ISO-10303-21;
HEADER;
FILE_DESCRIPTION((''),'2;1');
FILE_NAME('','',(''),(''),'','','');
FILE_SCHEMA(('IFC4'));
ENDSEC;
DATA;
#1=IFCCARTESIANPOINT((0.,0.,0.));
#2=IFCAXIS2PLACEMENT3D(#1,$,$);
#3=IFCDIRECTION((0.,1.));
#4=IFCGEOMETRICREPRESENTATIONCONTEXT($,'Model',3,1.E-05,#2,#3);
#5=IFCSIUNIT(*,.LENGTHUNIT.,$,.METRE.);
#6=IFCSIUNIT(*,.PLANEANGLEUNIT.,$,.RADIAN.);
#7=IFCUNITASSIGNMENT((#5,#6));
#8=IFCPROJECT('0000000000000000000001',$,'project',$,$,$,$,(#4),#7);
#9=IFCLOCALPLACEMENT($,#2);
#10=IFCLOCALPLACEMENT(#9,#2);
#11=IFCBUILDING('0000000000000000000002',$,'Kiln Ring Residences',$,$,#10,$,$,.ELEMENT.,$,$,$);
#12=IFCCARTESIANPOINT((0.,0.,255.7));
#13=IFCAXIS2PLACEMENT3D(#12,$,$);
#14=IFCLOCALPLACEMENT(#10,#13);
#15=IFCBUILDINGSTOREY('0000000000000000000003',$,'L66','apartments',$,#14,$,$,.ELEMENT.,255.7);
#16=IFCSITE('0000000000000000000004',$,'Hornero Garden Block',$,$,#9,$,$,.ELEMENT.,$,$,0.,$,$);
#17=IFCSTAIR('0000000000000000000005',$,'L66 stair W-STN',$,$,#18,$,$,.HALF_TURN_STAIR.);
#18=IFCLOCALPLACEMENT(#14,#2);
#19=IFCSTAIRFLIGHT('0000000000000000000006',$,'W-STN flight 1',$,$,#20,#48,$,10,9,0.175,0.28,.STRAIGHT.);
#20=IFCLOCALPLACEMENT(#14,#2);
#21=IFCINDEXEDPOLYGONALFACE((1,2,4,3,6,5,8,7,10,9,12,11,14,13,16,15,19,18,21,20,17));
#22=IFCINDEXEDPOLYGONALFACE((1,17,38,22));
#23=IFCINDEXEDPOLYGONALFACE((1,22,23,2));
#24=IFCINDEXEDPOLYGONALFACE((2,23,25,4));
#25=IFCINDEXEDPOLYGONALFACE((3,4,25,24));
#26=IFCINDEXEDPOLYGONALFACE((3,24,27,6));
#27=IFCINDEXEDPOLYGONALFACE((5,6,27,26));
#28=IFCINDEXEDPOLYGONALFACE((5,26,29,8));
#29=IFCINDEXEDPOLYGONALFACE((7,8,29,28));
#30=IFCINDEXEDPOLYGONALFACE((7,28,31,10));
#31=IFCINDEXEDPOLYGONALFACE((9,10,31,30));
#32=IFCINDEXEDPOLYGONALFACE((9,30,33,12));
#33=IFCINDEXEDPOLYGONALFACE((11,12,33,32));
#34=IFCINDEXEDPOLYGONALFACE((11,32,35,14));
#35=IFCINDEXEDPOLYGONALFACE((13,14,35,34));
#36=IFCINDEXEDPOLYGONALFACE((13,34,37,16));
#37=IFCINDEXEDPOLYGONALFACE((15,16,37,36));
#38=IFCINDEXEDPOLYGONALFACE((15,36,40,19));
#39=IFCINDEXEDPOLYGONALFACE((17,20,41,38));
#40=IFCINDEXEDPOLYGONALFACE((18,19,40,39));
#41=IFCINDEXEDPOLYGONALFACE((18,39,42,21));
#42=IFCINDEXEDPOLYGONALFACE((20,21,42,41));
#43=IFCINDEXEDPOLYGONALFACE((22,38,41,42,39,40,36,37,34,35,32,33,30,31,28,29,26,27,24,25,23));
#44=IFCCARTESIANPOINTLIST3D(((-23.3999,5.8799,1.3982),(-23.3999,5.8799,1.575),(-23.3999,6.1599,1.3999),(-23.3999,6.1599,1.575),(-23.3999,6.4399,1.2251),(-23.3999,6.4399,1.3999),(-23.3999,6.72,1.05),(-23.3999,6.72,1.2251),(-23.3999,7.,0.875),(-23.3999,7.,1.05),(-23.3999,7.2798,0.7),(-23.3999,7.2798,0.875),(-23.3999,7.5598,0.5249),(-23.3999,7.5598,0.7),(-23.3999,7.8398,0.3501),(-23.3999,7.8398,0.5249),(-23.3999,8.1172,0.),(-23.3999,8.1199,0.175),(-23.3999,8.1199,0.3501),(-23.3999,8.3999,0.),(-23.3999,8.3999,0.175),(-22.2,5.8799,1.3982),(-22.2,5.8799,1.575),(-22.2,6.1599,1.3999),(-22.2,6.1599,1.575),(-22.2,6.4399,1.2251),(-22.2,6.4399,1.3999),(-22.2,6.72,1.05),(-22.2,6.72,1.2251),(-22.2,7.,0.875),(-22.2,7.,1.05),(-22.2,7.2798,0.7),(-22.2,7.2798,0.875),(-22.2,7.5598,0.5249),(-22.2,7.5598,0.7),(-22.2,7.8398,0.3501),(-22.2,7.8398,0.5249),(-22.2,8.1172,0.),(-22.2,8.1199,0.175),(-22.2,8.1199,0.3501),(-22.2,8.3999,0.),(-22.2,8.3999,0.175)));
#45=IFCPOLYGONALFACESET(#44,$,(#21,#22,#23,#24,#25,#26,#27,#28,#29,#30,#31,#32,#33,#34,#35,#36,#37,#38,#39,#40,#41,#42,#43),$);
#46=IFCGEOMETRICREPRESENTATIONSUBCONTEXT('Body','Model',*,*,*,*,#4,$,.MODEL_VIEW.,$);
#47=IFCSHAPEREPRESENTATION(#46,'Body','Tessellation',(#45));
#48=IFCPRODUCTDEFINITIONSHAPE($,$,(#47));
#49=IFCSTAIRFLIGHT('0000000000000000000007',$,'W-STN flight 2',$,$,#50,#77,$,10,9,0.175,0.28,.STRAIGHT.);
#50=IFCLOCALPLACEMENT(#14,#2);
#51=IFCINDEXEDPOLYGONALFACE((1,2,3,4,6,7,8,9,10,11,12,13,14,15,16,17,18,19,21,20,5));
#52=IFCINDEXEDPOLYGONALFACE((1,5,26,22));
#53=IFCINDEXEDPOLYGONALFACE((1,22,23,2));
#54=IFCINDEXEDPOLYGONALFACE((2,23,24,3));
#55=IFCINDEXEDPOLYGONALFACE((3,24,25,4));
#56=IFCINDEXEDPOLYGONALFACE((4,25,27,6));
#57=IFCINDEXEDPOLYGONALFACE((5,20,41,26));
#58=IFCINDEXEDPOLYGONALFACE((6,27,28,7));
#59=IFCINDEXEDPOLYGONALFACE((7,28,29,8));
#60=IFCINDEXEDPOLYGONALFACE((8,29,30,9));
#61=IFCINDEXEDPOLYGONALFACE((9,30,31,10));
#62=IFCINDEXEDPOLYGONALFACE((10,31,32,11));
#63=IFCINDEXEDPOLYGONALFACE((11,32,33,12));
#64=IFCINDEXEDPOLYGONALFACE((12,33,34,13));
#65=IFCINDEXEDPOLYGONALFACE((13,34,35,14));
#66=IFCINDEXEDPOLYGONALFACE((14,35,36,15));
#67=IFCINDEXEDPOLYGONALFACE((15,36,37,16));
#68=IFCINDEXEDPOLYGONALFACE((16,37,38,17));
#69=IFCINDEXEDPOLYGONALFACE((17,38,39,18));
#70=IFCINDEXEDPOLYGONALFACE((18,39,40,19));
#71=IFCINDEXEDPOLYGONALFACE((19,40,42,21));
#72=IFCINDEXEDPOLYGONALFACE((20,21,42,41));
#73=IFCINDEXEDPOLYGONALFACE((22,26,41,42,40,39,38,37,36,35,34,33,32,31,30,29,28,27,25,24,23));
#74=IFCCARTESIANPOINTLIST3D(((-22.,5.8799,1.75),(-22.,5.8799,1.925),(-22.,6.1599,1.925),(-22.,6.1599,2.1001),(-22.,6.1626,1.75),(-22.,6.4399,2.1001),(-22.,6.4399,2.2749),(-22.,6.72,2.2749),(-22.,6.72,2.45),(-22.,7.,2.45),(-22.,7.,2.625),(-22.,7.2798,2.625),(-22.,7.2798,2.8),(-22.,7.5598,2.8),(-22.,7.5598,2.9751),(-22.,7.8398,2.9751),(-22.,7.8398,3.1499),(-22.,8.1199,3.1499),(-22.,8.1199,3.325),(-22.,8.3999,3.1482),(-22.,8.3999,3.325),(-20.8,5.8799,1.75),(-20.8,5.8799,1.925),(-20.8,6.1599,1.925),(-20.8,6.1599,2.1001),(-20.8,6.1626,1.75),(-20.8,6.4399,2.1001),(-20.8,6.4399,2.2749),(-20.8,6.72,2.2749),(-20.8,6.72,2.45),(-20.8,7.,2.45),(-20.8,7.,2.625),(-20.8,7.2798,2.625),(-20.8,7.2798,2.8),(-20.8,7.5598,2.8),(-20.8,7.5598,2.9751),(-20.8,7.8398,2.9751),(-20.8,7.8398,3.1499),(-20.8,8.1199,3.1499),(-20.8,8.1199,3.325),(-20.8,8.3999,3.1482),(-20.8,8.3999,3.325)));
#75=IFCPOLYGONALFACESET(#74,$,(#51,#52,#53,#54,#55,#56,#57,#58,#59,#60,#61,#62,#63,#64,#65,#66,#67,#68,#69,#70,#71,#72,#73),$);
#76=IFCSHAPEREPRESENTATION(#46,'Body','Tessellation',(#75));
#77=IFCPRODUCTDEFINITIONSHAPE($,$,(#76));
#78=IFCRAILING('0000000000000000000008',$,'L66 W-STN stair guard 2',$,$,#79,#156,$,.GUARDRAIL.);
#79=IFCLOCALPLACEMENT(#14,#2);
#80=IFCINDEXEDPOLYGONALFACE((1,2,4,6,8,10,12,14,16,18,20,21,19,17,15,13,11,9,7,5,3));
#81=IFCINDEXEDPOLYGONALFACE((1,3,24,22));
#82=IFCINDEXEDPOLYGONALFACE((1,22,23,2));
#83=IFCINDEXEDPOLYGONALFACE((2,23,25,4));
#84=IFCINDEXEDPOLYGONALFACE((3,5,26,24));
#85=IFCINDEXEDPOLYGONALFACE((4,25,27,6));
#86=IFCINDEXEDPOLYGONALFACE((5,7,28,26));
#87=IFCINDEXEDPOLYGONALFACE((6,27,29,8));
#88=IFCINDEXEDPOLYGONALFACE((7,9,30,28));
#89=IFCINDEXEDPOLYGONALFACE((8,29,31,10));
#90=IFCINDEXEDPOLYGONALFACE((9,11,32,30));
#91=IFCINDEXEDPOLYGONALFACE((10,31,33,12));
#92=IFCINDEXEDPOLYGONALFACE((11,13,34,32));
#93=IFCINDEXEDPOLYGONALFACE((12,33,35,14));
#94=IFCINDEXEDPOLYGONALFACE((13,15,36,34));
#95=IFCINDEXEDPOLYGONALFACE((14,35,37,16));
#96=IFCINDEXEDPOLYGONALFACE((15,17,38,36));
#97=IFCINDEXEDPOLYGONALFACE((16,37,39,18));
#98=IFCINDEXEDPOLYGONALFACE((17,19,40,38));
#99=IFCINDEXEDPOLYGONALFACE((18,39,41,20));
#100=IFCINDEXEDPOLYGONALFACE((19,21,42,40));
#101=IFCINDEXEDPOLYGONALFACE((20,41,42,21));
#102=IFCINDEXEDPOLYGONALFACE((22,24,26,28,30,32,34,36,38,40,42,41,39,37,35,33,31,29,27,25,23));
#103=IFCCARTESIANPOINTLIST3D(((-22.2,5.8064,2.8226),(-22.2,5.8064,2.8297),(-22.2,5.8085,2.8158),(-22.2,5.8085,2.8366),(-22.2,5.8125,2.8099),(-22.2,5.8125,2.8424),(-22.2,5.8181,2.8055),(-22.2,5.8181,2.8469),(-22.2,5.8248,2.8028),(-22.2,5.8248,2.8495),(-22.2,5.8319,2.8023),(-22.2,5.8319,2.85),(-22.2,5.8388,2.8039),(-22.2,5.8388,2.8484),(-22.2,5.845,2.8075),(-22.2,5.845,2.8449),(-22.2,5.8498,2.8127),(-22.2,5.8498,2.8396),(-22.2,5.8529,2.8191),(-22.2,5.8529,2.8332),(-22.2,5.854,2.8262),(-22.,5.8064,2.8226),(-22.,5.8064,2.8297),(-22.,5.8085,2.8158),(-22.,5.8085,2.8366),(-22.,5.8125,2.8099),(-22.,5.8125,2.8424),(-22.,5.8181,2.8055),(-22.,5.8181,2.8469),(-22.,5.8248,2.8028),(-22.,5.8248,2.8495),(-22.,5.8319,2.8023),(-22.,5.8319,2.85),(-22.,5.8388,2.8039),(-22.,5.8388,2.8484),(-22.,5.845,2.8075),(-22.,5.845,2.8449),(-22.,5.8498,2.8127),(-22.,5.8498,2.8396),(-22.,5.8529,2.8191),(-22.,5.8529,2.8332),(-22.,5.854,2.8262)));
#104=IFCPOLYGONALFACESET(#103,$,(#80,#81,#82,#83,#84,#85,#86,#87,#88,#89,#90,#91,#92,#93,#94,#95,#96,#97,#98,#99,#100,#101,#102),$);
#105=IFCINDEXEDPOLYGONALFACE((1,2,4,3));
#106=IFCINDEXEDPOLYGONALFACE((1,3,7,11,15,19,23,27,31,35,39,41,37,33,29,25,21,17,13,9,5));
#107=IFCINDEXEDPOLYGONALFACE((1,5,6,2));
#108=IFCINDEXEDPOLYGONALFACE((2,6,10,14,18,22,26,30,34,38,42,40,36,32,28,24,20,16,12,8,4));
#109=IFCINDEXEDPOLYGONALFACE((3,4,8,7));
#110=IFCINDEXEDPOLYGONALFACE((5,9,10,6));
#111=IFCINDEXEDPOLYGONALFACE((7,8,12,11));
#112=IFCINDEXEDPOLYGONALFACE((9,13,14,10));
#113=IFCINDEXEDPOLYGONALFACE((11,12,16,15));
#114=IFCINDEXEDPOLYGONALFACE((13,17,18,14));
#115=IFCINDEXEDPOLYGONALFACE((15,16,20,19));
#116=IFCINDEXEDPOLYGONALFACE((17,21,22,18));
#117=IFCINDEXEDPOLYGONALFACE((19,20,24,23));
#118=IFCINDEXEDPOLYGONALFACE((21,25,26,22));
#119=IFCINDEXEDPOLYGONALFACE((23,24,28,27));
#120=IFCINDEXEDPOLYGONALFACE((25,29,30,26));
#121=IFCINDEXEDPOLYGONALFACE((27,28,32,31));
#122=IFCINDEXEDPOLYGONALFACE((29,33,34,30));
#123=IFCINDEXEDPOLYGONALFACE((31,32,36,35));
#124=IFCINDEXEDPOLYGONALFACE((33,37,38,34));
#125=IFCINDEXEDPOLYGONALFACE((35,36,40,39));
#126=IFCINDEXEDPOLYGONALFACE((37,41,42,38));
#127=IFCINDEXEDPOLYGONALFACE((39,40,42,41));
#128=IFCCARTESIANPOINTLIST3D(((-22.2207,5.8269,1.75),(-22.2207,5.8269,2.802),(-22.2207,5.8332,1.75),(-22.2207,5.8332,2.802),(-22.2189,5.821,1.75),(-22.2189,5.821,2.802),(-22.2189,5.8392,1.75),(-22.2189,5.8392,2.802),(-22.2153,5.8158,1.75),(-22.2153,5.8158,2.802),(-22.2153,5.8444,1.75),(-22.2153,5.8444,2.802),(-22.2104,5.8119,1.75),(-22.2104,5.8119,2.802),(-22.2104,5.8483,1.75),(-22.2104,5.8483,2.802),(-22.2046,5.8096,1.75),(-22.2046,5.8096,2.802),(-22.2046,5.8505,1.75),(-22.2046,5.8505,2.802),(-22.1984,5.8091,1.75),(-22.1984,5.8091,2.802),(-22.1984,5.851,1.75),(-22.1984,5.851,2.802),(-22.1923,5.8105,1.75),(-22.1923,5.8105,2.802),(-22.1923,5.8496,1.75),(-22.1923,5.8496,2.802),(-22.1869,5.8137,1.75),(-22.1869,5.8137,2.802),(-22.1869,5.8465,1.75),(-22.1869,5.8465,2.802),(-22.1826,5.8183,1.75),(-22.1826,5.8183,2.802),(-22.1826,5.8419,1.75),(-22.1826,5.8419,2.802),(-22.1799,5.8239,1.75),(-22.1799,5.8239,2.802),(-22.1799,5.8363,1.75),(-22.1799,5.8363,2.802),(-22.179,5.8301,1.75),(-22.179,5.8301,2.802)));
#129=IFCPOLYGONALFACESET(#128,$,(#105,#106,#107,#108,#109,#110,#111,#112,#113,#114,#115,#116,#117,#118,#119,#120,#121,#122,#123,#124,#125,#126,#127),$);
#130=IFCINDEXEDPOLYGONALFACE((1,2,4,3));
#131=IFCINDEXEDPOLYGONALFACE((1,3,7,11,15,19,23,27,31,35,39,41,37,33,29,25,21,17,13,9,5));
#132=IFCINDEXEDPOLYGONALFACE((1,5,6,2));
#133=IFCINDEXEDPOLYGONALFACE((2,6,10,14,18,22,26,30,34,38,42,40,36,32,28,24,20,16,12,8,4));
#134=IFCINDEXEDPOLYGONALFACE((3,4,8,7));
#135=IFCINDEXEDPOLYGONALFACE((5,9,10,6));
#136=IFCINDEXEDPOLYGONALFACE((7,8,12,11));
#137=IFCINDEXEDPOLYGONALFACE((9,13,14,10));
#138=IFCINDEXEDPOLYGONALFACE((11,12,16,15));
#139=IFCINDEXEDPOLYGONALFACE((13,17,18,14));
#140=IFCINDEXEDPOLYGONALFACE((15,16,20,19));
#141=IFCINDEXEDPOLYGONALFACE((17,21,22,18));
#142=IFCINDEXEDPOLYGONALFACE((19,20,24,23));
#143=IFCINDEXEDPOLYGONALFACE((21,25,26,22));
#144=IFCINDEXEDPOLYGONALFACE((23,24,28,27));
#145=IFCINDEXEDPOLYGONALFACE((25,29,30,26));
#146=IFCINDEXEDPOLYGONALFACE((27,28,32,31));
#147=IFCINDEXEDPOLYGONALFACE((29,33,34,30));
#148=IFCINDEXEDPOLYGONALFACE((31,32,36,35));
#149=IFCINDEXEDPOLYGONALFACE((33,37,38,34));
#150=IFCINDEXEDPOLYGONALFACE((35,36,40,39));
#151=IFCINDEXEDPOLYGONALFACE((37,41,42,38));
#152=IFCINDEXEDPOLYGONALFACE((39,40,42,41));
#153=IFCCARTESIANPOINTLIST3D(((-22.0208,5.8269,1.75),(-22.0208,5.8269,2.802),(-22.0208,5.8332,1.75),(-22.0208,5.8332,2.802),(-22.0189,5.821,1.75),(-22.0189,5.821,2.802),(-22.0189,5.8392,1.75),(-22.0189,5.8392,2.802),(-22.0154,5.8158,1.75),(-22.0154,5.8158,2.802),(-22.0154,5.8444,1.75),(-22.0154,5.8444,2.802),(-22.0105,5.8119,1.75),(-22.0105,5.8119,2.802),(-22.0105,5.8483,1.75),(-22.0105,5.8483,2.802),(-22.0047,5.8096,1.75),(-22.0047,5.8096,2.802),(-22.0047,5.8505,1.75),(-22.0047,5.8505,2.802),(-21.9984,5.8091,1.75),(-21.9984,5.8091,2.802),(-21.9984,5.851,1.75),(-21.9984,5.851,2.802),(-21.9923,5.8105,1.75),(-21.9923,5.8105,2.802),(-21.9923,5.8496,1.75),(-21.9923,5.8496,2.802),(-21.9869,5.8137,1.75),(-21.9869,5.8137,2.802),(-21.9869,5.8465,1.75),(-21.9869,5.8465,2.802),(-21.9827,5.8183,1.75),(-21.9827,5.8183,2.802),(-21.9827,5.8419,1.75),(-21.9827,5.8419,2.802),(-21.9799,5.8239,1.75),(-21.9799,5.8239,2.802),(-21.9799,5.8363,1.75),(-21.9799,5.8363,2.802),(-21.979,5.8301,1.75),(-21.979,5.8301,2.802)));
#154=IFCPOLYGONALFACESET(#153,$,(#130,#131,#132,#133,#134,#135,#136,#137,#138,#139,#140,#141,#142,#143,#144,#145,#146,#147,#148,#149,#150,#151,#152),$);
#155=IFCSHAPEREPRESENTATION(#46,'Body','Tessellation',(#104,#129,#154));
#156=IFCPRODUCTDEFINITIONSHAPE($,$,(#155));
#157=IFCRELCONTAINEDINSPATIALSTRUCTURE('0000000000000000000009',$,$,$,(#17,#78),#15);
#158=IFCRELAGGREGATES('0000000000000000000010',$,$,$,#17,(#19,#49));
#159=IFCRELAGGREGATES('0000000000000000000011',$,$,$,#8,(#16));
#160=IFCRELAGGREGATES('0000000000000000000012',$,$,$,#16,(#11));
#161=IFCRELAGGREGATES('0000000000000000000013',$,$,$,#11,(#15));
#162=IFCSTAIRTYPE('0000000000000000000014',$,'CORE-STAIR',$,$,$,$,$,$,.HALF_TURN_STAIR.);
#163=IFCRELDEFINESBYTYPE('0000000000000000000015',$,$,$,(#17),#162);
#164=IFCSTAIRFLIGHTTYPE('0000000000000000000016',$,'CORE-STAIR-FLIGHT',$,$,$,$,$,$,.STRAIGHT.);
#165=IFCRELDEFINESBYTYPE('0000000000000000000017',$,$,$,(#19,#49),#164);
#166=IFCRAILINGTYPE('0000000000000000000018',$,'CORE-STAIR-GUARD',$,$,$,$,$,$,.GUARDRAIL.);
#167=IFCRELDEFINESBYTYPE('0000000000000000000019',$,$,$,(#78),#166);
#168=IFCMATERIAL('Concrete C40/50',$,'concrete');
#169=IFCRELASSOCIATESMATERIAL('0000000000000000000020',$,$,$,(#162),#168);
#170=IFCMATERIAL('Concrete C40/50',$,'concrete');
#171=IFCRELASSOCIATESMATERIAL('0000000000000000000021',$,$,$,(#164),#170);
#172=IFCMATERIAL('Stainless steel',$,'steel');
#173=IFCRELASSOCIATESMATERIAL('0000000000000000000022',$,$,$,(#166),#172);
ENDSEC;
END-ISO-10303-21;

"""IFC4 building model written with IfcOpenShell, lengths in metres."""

from ifc_helpers import new_model, si_unit, direction, frame, origin, origin_2d, place, context, subcontext, project, spatial, polyline, circle, outline, extrude, material, type_object, element, aggregate, save


model = new_model("IFC4")

# Units and contexts
model_context = context("Model", 3, precision=1e-05, world=origin(), true_north=direction((0.0, 1.0)))
body_context = subcontext(model_context, "Body", "Model", "MODEL_VIEW")
ifc_project = project(units=[si_unit("LENGTHUNIT", "METRE"), si_unit("PLANEANGLEUNIT", "RADIAN")], contexts=[model_context])

# Site, building, storey
site_placement = place(None, origin())
site = spatial("IfcSite", under=ifc_project, at=site_placement, Name="Hornero Garden Block", CompositionType="ELEMENT", RefElevation=0.0)
building_placement = place(site_placement, origin())
building = spatial("IfcBuilding", under=site, at=building_placement, Name="Kiln Ring Residences", CompositionType="ELEMENT")
storey_placement = place(building_placement, frame((0.0, 0.0, 255.7)))
storey = spatial("IfcBuildingStorey", under=building, at=storey_placement, Name="L66", Description="apartments", CompositionType="ELEMENT", Elevation=255.7)

# Stair, stair flights
ifc_material_1 = material(Name="Concrete C40/50", Category="concrete")
stair_type = type_object("IfcStairType", Name="CORE-STAIR", PredefinedType="HALF_TURN_STAIR", material=ifc_material_1)
stair_placement = place(storey_placement, origin())
stair = element("IfcStair", 1, at=stair_placement, inside=storey, type_object=stair_type, Name="L66 stair W-STN", PredefinedType="HALF_TURN_STAIR")
ifc_material_2 = material(Name="Concrete C40/50", Category="concrete")
stair_flight_type = type_object("IfcStairFlightType", Name="CORE-STAIR-FLIGHT", PredefinedType="STRAIGHT", material=ifc_material_2)
stair_flight_1_placement = place(storey_placement, frame((-22.8, 8.3999, 0.0), z_axis=(0.0, 0.0, 1.0), x_axis=(0.0, -1.0, 0.0)))
stair_flight_1 = element("IfcStairFlight", 2, at=stair_flight_1_placement, type_object=stair_flight_type, Name="W-STN flight 1", NumberOfRisers=10, NumberOfTreads=9, PredefinedType="STRAIGHT", RiserHeight=0.175, TreadLength=0.28, context=body_context, shape_type="SweptSolid", body=[
    extrude(outline(polyline([(0.0, 0.0), (0.0, 0.175), (0.28, 0.175), (0.28, 0.3501), (0.5601, 0.3501), (0.5601, 0.5249), (0.8401, 0.5249), (0.8401, 0.7), (1.1201, 0.7), (1.1201, 0.875), (1.3999, 0.875), (1.3999, 1.05), (1.6799, 1.05), (1.6799, 1.2251), (1.96, 1.2251), (1.96, 1.3999), (2.24, 1.3999), (2.24, 1.575), (2.52, 1.575), (2.52, 1.75), (2.52, 1.3982), (0.2827, 0.0), (0.0, 0.0)])), frame((0.0, 0.6001, 0.0), z_axis=(0.0, -1.0, 0.0), x_axis=(1.0, 0.0, 0.0)), (0.0, 0.0, 1.0), 1.2),
])
stair_flight_2_placement = place(storey_placement, frame((-21.3999, 5.8799, 1.75), z_axis=(0.0, 0.0, 1.0), x_axis=(0.0, 1.0, 0.0)))
stair_flight_2 = element("IfcStairFlight", 3, at=stair_flight_2_placement, type_object=stair_flight_type, Name="W-STN flight 2", NumberOfRisers=10, NumberOfTreads=9, PredefinedType="STRAIGHT", RiserHeight=0.175, TreadLength=0.28, context=body_context, shape_type="SweptSolid", body=[
    extrude(outline(polyline([(0.0, 0.0), (0.0, 0.175), (0.28, 0.175), (0.28, 0.3501), (0.5601, 0.3501), (0.5601, 0.5249), (0.8401, 0.5249), (0.8401, 0.7), (1.1201, 0.7), (1.1201, 0.875), (1.3999, 0.875), (1.3999, 1.05), (1.6799, 1.05), (1.6799, 1.2251), (1.96, 1.2251), (1.96, 1.3999), (2.24, 1.3999), (2.24, 1.575), (2.52, 1.575), (2.52, 1.75), (2.52, 1.3982), (0.2827, 0.0), (0.0, 0.0)])), frame((0.0, 0.6001, 0.0), z_axis=(0.0, -1.0, 0.0), x_axis=(1.0, 0.0, 0.0)), (0.0, 0.0, 1.0), 1.2),
])
aggregate(stair, [stair_flight_1, stair_flight_2])

# Railing
ifc_material_3 = material(Name="Stainless steel", Category="steel")
railing_type_1 = type_object("IfcRailingType", Name="CORE-STAIR-GUARD", PredefinedType="GUARDRAIL", material=ifc_material_3)
railing_1_placement = place(storey_placement, frame((-22.2, 5.8301, 1.75)))
element("IfcRailing", 4, at=railing_1_placement, inside=storey, type_object=railing_type_1, Name="L66 W-STN stair guard 2", PredefinedType="GUARDRAIL", context=body_context, shape_type="SweptSolid", body=[
    extrude(circle(Radius=0.0239, at=origin_2d()), frame((0.0, 0.0, 1.0762), z_axis=(1.0, 0.0, 0.0), x_axis=(0.0, 1.0, 0.0)), (0.0, 0.0, 1.0), 0.2),
    extrude(circle(Radius=0.021, at=origin_2d()), origin(), (0.0, 0.0, 1.0), 1.052),
    extrude(circle(Radius=0.021, at=origin_2d()), frame((0.2, 0.0, 0.0)), (0.0, 0.0, 1.0), 1.052),
])

save(model, "model.ifc")
